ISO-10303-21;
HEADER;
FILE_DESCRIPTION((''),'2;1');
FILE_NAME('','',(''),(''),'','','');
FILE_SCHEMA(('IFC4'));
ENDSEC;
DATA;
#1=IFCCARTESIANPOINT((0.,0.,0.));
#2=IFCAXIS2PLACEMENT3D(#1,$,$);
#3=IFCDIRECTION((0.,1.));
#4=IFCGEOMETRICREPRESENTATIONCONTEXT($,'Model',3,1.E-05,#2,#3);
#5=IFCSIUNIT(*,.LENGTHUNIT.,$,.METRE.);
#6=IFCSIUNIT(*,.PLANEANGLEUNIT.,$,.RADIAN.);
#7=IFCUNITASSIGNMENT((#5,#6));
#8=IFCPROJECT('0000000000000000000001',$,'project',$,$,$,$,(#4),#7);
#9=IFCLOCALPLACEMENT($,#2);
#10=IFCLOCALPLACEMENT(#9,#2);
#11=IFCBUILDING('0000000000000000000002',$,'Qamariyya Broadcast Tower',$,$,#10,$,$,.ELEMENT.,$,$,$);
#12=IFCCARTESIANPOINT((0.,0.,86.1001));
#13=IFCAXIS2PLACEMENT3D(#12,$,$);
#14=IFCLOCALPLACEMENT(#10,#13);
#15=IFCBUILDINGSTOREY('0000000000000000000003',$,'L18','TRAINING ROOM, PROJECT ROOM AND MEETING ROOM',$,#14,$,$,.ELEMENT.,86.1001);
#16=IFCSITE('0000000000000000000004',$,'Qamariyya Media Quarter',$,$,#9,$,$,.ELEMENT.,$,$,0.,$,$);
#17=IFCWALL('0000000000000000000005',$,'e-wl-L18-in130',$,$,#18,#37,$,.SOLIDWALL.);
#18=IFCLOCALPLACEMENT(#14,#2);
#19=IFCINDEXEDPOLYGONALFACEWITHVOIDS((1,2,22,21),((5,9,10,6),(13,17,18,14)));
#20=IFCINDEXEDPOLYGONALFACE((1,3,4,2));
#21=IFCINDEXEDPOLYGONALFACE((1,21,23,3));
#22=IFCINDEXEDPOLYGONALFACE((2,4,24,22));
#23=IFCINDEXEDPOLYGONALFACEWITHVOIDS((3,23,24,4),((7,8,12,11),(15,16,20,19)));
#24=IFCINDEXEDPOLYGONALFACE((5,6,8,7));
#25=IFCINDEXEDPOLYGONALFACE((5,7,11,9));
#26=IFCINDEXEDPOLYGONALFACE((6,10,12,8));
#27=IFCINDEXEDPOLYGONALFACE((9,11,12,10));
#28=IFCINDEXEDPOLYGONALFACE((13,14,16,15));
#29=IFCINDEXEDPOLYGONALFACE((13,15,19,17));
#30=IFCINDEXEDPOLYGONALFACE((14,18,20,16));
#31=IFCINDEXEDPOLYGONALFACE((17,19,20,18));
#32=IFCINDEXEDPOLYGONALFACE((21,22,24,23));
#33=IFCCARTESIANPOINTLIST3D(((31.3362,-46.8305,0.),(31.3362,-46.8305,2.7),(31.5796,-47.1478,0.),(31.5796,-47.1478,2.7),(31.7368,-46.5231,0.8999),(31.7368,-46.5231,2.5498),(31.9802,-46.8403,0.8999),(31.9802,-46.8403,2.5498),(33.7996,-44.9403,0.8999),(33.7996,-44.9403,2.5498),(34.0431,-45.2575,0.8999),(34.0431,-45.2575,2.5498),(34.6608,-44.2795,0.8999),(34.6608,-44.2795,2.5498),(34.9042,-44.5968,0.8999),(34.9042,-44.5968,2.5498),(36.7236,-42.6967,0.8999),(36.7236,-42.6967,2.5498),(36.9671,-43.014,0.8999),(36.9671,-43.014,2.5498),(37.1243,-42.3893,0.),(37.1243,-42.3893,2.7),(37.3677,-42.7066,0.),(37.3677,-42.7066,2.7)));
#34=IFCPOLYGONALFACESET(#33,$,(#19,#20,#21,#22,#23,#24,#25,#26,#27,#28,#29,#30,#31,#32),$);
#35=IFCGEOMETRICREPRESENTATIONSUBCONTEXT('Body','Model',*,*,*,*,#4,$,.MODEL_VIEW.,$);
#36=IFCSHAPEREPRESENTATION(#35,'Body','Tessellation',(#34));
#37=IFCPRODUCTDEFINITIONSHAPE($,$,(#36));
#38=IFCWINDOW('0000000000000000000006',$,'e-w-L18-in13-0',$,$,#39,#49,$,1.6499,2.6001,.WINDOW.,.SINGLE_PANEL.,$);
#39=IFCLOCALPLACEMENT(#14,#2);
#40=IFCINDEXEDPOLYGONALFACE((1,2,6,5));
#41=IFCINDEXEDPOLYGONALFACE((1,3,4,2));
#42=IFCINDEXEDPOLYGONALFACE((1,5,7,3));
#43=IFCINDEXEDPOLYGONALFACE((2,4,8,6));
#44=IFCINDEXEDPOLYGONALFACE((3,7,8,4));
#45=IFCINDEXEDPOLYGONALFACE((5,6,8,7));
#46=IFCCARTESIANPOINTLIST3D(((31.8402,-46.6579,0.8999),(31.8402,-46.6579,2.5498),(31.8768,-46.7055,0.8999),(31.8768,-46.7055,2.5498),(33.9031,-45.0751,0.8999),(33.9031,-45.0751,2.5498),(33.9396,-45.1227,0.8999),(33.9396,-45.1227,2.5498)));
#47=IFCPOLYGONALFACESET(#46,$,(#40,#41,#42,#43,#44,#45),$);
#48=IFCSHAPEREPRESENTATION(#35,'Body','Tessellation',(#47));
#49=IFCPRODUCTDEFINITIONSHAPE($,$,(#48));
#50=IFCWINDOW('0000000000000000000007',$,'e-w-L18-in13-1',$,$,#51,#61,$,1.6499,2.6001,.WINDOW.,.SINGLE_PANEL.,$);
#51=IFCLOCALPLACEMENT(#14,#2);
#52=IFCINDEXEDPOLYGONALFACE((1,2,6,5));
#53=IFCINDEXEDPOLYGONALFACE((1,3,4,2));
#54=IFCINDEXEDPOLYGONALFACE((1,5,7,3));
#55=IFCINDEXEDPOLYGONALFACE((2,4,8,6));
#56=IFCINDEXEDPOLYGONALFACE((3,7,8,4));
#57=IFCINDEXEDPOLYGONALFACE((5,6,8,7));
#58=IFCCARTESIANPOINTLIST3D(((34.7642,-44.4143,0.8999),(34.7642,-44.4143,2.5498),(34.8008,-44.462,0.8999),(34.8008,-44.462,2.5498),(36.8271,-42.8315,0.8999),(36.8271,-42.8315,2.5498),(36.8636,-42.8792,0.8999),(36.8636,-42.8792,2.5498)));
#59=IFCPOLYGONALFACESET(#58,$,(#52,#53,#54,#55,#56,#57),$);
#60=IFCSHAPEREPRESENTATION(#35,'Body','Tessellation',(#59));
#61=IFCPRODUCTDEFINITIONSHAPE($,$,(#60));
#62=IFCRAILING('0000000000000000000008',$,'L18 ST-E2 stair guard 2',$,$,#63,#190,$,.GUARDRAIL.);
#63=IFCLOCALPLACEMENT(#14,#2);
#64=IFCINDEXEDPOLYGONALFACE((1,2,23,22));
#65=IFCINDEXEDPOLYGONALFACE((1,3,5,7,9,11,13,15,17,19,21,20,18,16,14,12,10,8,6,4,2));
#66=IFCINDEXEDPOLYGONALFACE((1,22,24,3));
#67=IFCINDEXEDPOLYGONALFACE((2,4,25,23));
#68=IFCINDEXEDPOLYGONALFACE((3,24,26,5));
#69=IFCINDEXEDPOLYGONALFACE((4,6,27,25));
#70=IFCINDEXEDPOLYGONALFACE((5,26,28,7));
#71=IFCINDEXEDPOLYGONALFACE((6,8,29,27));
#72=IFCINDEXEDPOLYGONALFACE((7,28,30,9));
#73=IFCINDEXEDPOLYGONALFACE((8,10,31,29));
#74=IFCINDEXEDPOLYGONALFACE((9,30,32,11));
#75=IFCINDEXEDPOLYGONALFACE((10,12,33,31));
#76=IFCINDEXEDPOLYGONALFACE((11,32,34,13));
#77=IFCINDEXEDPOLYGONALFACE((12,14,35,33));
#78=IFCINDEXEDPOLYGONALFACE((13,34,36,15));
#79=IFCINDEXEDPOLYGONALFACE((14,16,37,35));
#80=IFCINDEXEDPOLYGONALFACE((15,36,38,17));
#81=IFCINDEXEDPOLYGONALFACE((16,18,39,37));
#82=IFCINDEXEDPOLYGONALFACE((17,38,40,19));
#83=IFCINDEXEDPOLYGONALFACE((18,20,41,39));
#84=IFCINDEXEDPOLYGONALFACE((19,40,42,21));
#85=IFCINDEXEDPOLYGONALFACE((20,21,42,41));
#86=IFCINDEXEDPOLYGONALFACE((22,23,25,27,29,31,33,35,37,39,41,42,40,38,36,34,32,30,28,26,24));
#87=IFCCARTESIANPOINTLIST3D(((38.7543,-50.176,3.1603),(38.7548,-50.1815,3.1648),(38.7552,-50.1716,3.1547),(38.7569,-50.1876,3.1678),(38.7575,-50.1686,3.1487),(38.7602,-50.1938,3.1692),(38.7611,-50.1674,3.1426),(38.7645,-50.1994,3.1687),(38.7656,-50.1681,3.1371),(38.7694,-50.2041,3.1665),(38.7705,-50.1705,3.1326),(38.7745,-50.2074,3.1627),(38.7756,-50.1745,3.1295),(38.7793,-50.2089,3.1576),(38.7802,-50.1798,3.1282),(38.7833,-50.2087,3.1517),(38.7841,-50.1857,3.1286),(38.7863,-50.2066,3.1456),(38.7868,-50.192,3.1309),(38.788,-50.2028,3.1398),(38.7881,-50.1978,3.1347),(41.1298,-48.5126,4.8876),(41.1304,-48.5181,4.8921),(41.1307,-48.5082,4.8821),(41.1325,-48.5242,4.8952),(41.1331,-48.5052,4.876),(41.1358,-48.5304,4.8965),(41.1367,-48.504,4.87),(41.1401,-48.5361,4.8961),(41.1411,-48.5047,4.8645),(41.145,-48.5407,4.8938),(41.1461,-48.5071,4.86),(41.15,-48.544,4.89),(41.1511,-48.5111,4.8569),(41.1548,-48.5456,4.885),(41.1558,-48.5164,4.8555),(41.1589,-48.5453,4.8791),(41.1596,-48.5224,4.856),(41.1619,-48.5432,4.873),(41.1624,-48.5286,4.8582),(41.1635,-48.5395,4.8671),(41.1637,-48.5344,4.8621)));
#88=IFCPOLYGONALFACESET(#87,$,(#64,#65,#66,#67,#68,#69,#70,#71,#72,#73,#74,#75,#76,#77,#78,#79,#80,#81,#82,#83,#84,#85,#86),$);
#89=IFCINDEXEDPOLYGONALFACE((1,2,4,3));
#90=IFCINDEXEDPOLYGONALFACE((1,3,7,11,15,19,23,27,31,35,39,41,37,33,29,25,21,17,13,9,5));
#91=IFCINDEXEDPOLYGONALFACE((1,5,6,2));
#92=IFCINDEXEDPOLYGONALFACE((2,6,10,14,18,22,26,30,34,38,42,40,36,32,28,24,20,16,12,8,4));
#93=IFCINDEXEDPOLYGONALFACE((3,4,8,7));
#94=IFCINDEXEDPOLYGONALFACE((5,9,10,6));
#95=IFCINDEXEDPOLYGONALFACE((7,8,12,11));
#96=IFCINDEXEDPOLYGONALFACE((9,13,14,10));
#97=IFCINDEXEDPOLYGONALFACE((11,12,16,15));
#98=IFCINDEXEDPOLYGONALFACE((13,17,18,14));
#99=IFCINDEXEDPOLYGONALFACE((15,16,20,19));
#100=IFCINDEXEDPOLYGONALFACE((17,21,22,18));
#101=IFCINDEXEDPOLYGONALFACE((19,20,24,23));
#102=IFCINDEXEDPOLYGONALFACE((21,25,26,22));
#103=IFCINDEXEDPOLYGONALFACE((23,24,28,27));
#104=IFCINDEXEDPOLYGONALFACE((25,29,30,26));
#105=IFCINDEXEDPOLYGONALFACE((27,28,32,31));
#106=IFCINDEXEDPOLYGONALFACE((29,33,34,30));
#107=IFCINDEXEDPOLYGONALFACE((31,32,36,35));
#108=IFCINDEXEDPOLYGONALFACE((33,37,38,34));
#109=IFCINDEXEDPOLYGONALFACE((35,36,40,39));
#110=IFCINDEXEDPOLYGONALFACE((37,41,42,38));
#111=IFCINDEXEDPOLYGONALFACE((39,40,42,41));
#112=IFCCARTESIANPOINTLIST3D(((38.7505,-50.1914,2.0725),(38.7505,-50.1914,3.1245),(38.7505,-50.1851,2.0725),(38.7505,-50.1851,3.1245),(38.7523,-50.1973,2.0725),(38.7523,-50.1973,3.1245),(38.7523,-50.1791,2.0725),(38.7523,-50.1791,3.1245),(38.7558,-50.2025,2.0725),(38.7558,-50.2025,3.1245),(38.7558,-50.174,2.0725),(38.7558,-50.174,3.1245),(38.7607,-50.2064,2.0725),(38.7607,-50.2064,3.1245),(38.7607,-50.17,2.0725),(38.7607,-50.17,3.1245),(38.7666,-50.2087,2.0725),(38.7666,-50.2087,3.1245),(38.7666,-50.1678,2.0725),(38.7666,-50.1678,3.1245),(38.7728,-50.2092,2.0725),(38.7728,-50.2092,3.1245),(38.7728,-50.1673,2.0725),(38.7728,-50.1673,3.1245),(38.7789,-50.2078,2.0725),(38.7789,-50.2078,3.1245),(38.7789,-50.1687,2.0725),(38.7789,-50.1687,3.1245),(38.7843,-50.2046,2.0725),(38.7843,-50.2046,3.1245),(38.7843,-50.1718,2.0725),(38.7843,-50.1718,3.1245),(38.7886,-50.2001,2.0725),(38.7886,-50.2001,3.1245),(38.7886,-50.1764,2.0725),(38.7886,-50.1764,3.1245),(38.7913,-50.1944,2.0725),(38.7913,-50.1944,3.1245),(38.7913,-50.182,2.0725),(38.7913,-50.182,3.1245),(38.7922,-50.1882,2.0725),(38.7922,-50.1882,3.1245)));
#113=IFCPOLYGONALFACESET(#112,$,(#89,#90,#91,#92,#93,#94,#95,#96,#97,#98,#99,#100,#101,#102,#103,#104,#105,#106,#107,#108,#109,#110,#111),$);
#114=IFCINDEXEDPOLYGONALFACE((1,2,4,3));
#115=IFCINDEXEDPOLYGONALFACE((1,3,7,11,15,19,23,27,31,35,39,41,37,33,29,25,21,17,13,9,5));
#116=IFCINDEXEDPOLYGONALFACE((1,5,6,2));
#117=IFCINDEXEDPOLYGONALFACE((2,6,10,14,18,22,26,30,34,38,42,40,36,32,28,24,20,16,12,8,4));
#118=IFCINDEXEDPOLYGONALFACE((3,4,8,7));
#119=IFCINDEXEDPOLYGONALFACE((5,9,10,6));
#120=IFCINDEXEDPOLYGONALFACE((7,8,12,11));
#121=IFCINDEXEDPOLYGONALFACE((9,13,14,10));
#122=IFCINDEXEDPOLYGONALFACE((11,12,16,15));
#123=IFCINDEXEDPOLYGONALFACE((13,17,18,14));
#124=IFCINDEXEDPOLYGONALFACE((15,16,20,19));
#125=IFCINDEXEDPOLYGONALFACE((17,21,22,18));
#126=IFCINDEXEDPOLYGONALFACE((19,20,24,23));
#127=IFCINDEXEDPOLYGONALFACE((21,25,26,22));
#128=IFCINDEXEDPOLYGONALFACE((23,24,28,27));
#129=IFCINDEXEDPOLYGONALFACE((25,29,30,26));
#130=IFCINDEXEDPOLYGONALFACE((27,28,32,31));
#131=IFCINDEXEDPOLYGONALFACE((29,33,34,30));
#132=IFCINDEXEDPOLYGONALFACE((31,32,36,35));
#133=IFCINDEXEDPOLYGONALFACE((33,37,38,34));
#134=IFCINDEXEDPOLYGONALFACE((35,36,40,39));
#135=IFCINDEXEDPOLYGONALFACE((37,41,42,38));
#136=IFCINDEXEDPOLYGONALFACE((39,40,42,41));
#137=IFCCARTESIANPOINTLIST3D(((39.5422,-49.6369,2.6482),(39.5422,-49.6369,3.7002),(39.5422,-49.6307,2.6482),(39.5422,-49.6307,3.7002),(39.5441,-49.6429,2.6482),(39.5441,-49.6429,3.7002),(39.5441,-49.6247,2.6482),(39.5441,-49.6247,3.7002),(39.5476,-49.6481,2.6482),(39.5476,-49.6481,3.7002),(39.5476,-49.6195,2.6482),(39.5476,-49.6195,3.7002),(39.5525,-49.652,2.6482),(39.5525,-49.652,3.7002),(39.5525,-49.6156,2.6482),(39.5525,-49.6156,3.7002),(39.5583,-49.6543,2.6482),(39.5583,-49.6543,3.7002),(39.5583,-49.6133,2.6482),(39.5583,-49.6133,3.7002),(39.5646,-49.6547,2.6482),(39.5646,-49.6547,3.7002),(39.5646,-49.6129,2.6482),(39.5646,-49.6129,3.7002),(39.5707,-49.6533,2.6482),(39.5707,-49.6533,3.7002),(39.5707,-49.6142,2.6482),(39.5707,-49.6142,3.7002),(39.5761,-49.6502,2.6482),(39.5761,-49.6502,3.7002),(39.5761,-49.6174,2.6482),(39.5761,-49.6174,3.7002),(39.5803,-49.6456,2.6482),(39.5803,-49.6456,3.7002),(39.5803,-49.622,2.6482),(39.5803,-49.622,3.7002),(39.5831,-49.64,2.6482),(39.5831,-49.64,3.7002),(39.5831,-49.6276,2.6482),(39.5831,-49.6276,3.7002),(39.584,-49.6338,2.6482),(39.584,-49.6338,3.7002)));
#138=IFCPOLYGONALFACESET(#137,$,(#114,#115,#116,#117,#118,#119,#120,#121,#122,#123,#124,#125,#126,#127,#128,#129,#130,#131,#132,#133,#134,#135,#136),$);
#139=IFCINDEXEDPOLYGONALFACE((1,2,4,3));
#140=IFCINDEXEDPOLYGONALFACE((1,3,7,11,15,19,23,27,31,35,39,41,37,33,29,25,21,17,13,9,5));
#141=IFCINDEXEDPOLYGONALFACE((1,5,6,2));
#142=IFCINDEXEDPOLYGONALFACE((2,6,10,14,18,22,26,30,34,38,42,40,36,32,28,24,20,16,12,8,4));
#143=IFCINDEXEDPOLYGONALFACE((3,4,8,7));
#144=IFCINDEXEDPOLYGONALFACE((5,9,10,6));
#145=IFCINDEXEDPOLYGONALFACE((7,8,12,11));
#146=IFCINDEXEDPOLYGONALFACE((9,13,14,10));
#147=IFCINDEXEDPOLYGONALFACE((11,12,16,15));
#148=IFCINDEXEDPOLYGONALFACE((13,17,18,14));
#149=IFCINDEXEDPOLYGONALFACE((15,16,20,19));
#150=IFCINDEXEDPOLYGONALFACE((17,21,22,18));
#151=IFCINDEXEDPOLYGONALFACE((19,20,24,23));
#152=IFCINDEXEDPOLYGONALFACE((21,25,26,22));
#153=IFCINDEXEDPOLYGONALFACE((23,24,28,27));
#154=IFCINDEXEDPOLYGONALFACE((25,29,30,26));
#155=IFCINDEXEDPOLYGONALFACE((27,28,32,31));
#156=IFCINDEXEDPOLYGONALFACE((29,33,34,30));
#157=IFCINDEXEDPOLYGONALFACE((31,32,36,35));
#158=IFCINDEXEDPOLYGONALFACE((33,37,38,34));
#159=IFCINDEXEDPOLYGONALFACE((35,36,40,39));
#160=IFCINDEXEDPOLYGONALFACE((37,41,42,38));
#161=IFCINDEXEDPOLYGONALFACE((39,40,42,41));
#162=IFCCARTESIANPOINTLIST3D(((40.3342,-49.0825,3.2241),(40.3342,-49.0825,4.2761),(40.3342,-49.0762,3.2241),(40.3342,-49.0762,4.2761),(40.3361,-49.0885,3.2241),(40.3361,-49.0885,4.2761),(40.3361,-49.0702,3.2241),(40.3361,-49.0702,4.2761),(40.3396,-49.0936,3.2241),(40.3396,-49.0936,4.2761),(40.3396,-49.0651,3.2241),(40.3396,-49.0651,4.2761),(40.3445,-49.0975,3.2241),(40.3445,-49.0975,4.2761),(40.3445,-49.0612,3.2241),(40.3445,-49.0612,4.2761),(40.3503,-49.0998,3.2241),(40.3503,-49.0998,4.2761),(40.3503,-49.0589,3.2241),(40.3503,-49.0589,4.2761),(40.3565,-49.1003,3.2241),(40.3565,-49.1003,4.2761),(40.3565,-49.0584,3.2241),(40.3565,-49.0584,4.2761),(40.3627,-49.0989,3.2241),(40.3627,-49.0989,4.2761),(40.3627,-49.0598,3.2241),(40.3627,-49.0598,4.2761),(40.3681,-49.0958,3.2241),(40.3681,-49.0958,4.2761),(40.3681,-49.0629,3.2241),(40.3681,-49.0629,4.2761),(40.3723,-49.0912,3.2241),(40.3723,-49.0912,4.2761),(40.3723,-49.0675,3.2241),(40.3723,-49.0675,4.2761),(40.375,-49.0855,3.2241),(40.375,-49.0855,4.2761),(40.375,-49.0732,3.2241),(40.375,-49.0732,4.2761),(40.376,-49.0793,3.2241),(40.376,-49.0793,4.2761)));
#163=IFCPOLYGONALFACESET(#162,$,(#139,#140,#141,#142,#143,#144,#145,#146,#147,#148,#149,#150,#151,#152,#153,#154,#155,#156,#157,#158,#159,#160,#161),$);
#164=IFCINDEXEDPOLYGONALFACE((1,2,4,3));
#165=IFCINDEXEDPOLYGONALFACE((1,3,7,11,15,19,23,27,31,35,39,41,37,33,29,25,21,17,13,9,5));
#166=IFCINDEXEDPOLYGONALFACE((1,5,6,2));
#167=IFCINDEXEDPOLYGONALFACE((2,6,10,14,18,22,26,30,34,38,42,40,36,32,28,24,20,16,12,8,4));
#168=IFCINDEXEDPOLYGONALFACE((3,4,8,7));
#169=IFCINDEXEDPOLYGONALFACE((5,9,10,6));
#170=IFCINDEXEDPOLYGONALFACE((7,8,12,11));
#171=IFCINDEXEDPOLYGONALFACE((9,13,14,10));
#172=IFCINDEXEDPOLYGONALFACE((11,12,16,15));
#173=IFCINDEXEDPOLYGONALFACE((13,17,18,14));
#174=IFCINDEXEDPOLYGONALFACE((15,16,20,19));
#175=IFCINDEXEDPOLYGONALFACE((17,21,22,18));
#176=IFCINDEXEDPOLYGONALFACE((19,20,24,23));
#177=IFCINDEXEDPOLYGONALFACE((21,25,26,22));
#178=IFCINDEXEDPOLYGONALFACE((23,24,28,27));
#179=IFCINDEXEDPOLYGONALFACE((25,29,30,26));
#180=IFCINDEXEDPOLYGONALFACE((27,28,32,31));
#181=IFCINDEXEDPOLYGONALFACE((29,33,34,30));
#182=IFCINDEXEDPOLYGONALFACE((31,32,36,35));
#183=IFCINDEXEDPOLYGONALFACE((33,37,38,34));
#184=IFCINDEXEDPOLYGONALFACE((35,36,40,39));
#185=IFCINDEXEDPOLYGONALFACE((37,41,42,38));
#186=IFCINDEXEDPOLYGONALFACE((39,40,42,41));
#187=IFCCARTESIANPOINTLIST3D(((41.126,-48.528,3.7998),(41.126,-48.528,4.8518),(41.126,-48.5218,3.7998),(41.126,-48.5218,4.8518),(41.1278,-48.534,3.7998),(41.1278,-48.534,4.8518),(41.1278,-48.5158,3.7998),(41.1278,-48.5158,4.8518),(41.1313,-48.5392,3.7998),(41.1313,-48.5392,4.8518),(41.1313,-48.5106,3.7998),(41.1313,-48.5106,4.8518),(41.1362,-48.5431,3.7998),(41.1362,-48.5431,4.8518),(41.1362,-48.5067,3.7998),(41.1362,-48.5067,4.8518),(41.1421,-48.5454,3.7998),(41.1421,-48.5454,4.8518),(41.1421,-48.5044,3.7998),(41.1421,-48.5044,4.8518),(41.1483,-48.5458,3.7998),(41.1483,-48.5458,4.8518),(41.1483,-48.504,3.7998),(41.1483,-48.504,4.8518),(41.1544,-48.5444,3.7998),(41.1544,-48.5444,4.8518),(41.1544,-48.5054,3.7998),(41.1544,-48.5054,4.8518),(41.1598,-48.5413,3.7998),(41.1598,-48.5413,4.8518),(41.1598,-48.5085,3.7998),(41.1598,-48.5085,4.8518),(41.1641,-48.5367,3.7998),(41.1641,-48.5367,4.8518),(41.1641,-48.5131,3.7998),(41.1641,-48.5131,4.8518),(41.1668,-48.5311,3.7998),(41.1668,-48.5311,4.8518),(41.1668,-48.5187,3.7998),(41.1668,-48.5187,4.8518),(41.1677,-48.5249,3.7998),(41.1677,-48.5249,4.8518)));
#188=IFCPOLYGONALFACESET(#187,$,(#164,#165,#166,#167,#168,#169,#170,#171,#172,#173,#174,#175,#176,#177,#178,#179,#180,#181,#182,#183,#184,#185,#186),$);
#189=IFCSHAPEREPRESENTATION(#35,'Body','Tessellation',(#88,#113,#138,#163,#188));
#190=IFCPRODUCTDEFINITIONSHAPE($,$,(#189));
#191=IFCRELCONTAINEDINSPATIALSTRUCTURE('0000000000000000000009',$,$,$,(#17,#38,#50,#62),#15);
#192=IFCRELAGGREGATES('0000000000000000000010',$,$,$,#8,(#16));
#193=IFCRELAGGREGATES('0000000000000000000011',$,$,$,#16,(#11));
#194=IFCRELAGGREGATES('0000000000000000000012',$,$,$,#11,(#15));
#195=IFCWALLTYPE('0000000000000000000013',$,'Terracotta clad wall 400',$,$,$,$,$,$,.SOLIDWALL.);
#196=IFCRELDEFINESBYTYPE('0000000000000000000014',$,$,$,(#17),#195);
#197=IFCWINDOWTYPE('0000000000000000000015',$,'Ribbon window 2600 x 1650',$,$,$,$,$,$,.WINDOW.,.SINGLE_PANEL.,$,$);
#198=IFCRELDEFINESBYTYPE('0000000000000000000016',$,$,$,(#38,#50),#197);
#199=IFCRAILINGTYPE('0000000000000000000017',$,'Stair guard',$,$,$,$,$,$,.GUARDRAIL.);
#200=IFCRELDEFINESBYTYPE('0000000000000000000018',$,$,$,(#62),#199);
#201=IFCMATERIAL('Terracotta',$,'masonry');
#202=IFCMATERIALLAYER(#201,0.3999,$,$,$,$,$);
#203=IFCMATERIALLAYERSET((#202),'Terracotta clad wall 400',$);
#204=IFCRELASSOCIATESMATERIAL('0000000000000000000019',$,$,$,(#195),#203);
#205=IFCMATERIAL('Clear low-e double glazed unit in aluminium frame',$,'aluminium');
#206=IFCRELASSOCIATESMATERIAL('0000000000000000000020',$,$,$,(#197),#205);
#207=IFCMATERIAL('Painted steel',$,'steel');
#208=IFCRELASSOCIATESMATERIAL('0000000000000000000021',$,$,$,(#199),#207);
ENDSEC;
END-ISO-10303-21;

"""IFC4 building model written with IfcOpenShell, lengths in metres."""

from ifc_helpers import new_model, si_unit, direction, frame, frame_2d, origin, origin_2d, place, context, subcontext, project, spatial, rectangle, circle, extrude, material, layer, layer_set, type_object, element, fill, save


model = new_model("IFC4")

# Units and contexts
model_context = context("Model", 3, precision=1e-05, world=origin(), true_north=direction((0.0, 1.0)))
body_context = subcontext(model_context, "Body", "Model", "MODEL_VIEW")
ifc_project = project(units=[si_unit("LENGTHUNIT", "METRE"), si_unit("PLANEANGLEUNIT", "RADIAN")], contexts=[model_context])

# Site, building, storey
site_placement = place(None, origin())
site = spatial("IfcSite", under=ifc_project, at=site_placement, Name="Qamariyya Media Quarter", CompositionType="ELEMENT", RefElevation=0.0)
building_placement = place(site_placement, origin())
building = spatial("IfcBuilding", under=site, at=building_placement, Name="Qamariyya Broadcast Tower", CompositionType="ELEMENT")
storey_placement = place(building_placement, frame((0.0, 0.0, 86.1001)))
storey = spatial("IfcBuildingStorey", under=building, at=storey_placement, Name="L18", Description="TRAINING ROOM, PROJECT ROOM AND MEETING ROOM", CompositionType="ELEMENT", Elevation=86.1001)

# Wall, openings, windows
ifc_material_1 = material(Name="Terracotta", Category="masonry")
ifc_layer = layer(ifc_material_1, 0.3999)
ifc_layer_set = layer_set([ifc_layer], Name="Terracotta clad wall 400")
wall_type = type_object("IfcWallType", Name="Terracotta clad wall 400", PredefinedType="SOLIDWALL", material=ifc_layer_set)
ifc_material_2 = material(Name="Clear low-e double glazed unit in aluminium frame", Category="aluminium")
window_type = type_object("IfcWindowType", Name="Ribbon window 2600 x 1650", PartitioningType="SINGLE_PANEL", PredefinedType="WINDOW", material=ifc_material_2)
wall_1_placement = place(storey_placement, frame((37.2461, -42.5479, 0.0), z_axis=(0.0, 0.0, 1.0), x_axis=(-0.793366, -0.608745, 0.0)))
wall_1 = element("IfcWall", 1, at=wall_1_placement, inside=storey, type_object=wall_type, Name="e-wl-L18-in130", PredefinedType="SOLIDWALL", context=body_context, shape_type="SweptSolid", body=[
    extrude(rectangle(XDim=7.2957, YDim=0.3999, at=frame_2d((3.6479, 0.0))), origin(), (0.0, 0.0, 1.0), 2.7),
])
opening_1_placement = place(wall_1_placement, frame((4.1907, 0.0, 0.8999)))
opening_1 = element("IfcOpeningElement", 2, at=opening_1_placement, cuts=wall_1, PredefinedType="OPENING", context=body_context, shape_type="SweptSolid", body=[
    extrude(rectangle(XDim=2.6001, YDim=1.6499, at=frame_2d((1.3, 0.825))), frame((0.0, 0.21, 0.0), z_axis=(0.0, -1.0, 0.0), x_axis=(1.0, 0.0, 0.0)), (0.0, 0.0, 1.0), 0.4199),
])
opening_2_placement = place(wall_1_placement, frame((0.5051, 0.0, 0.8999)))
opening_2 = element("IfcOpeningElement", 3, at=opening_2_placement, cuts=wall_1, PredefinedType="OPENING", context=body_context, shape_type="SweptSolid", body=[
    extrude(rectangle(XDim=2.6001, YDim=1.6499, at=frame_2d((1.3, 0.825))), frame((0.0, 0.21, 0.0), z_axis=(0.0, -1.0, 0.0), x_axis=(1.0, 0.0, 0.0)), (0.0, 0.0, 1.0), 0.4199),
])
window_1_placement = place(opening_1_placement, origin())
window_1 = element("IfcWindow", 4, at=window_1_placement, inside=storey, type_object=window_type, Name="e-w-L18-in13-0", OverallHeight=1.6499, OverallWidth=2.6001, PartitioningType="SINGLE_PANEL", PredefinedType="WINDOW", context=body_context, shape_type="SweptSolid", body=[
    extrude(rectangle(XDim=2.6001, YDim=1.6499, at=frame_2d((1.3, 0.825))), frame((0.0, 0.03, 0.0), z_axis=(0.0, -1.0, 0.0), x_axis=(1.0, 0.0, 0.0)), (0.0, 0.0, 1.0), 0.0601),
])
fill(opening_1, window_1)
window_2_placement = place(opening_2_placement, origin())
window_2 = element("IfcWindow", 5, at=window_2_placement, inside=storey, type_object=window_type, Name="e-w-L18-in13-1", OverallHeight=1.6499, OverallWidth=2.6001, PartitioningType="SINGLE_PANEL", PredefinedType="WINDOW", context=body_context, shape_type="SweptSolid", body=[
    extrude(rectangle(XDim=2.6001, YDim=1.6499, at=frame_2d((1.3, 0.825))), frame((0.0, 0.03, 0.0), z_axis=(0.0, -1.0, 0.0), x_axis=(1.0, 0.0, 0.0)), (0.0, 0.0, 1.0), 0.0601),
])
fill(opening_2, window_2)

# Railing
ifc_material_3 = material(Name="Painted steel", Category="steel")
railing_type = type_object("IfcRailingType", Name="Stair guard", PredefinedType="GUARDRAIL", material=ifc_material_3)
railing_placement = place(storey_placement, frame((38.7712, -50.1882, 2.0725)))
element("IfcRailing", 6, at=railing_placement, inside=storey, type_object=railing_type, Name="L18 ST-E2 stair guard 2", PredefinedType="GUARDRAIL", context=body_context, shape_type="SweptSolid", body=[
    extrude(circle(Radius=0.0239, at=origin_2d()), frame((0.0, 0.0, 1.0762), z_axis=(0.70377, 0.492784, 0.511734), x_axis=(-0.573575, 0.819153, 0.0)), (0.0, 0.0, 1.0), 3.3755),
    extrude(circle(Radius=0.021, at=origin_2d()), origin(), (0.0, 0.0, 1.0), 1.052),
    extrude(circle(Radius=0.021, at=origin_2d()), frame((0.7917, 0.5544, 0.5757)), (0.0, 0.0, 1.0), 1.052),
    extrude(circle(Radius=0.021, at=origin_2d()), frame((1.5837, 1.1089, 1.1516)), (0.0, 0.0, 1.0), 1.052),
    extrude(circle(Radius=0.021, at=origin_2d()), frame((2.3755, 1.6633, 1.7273)), (0.0, 0.0, 1.0), 1.052),
])

save(model, "model.ifc")
